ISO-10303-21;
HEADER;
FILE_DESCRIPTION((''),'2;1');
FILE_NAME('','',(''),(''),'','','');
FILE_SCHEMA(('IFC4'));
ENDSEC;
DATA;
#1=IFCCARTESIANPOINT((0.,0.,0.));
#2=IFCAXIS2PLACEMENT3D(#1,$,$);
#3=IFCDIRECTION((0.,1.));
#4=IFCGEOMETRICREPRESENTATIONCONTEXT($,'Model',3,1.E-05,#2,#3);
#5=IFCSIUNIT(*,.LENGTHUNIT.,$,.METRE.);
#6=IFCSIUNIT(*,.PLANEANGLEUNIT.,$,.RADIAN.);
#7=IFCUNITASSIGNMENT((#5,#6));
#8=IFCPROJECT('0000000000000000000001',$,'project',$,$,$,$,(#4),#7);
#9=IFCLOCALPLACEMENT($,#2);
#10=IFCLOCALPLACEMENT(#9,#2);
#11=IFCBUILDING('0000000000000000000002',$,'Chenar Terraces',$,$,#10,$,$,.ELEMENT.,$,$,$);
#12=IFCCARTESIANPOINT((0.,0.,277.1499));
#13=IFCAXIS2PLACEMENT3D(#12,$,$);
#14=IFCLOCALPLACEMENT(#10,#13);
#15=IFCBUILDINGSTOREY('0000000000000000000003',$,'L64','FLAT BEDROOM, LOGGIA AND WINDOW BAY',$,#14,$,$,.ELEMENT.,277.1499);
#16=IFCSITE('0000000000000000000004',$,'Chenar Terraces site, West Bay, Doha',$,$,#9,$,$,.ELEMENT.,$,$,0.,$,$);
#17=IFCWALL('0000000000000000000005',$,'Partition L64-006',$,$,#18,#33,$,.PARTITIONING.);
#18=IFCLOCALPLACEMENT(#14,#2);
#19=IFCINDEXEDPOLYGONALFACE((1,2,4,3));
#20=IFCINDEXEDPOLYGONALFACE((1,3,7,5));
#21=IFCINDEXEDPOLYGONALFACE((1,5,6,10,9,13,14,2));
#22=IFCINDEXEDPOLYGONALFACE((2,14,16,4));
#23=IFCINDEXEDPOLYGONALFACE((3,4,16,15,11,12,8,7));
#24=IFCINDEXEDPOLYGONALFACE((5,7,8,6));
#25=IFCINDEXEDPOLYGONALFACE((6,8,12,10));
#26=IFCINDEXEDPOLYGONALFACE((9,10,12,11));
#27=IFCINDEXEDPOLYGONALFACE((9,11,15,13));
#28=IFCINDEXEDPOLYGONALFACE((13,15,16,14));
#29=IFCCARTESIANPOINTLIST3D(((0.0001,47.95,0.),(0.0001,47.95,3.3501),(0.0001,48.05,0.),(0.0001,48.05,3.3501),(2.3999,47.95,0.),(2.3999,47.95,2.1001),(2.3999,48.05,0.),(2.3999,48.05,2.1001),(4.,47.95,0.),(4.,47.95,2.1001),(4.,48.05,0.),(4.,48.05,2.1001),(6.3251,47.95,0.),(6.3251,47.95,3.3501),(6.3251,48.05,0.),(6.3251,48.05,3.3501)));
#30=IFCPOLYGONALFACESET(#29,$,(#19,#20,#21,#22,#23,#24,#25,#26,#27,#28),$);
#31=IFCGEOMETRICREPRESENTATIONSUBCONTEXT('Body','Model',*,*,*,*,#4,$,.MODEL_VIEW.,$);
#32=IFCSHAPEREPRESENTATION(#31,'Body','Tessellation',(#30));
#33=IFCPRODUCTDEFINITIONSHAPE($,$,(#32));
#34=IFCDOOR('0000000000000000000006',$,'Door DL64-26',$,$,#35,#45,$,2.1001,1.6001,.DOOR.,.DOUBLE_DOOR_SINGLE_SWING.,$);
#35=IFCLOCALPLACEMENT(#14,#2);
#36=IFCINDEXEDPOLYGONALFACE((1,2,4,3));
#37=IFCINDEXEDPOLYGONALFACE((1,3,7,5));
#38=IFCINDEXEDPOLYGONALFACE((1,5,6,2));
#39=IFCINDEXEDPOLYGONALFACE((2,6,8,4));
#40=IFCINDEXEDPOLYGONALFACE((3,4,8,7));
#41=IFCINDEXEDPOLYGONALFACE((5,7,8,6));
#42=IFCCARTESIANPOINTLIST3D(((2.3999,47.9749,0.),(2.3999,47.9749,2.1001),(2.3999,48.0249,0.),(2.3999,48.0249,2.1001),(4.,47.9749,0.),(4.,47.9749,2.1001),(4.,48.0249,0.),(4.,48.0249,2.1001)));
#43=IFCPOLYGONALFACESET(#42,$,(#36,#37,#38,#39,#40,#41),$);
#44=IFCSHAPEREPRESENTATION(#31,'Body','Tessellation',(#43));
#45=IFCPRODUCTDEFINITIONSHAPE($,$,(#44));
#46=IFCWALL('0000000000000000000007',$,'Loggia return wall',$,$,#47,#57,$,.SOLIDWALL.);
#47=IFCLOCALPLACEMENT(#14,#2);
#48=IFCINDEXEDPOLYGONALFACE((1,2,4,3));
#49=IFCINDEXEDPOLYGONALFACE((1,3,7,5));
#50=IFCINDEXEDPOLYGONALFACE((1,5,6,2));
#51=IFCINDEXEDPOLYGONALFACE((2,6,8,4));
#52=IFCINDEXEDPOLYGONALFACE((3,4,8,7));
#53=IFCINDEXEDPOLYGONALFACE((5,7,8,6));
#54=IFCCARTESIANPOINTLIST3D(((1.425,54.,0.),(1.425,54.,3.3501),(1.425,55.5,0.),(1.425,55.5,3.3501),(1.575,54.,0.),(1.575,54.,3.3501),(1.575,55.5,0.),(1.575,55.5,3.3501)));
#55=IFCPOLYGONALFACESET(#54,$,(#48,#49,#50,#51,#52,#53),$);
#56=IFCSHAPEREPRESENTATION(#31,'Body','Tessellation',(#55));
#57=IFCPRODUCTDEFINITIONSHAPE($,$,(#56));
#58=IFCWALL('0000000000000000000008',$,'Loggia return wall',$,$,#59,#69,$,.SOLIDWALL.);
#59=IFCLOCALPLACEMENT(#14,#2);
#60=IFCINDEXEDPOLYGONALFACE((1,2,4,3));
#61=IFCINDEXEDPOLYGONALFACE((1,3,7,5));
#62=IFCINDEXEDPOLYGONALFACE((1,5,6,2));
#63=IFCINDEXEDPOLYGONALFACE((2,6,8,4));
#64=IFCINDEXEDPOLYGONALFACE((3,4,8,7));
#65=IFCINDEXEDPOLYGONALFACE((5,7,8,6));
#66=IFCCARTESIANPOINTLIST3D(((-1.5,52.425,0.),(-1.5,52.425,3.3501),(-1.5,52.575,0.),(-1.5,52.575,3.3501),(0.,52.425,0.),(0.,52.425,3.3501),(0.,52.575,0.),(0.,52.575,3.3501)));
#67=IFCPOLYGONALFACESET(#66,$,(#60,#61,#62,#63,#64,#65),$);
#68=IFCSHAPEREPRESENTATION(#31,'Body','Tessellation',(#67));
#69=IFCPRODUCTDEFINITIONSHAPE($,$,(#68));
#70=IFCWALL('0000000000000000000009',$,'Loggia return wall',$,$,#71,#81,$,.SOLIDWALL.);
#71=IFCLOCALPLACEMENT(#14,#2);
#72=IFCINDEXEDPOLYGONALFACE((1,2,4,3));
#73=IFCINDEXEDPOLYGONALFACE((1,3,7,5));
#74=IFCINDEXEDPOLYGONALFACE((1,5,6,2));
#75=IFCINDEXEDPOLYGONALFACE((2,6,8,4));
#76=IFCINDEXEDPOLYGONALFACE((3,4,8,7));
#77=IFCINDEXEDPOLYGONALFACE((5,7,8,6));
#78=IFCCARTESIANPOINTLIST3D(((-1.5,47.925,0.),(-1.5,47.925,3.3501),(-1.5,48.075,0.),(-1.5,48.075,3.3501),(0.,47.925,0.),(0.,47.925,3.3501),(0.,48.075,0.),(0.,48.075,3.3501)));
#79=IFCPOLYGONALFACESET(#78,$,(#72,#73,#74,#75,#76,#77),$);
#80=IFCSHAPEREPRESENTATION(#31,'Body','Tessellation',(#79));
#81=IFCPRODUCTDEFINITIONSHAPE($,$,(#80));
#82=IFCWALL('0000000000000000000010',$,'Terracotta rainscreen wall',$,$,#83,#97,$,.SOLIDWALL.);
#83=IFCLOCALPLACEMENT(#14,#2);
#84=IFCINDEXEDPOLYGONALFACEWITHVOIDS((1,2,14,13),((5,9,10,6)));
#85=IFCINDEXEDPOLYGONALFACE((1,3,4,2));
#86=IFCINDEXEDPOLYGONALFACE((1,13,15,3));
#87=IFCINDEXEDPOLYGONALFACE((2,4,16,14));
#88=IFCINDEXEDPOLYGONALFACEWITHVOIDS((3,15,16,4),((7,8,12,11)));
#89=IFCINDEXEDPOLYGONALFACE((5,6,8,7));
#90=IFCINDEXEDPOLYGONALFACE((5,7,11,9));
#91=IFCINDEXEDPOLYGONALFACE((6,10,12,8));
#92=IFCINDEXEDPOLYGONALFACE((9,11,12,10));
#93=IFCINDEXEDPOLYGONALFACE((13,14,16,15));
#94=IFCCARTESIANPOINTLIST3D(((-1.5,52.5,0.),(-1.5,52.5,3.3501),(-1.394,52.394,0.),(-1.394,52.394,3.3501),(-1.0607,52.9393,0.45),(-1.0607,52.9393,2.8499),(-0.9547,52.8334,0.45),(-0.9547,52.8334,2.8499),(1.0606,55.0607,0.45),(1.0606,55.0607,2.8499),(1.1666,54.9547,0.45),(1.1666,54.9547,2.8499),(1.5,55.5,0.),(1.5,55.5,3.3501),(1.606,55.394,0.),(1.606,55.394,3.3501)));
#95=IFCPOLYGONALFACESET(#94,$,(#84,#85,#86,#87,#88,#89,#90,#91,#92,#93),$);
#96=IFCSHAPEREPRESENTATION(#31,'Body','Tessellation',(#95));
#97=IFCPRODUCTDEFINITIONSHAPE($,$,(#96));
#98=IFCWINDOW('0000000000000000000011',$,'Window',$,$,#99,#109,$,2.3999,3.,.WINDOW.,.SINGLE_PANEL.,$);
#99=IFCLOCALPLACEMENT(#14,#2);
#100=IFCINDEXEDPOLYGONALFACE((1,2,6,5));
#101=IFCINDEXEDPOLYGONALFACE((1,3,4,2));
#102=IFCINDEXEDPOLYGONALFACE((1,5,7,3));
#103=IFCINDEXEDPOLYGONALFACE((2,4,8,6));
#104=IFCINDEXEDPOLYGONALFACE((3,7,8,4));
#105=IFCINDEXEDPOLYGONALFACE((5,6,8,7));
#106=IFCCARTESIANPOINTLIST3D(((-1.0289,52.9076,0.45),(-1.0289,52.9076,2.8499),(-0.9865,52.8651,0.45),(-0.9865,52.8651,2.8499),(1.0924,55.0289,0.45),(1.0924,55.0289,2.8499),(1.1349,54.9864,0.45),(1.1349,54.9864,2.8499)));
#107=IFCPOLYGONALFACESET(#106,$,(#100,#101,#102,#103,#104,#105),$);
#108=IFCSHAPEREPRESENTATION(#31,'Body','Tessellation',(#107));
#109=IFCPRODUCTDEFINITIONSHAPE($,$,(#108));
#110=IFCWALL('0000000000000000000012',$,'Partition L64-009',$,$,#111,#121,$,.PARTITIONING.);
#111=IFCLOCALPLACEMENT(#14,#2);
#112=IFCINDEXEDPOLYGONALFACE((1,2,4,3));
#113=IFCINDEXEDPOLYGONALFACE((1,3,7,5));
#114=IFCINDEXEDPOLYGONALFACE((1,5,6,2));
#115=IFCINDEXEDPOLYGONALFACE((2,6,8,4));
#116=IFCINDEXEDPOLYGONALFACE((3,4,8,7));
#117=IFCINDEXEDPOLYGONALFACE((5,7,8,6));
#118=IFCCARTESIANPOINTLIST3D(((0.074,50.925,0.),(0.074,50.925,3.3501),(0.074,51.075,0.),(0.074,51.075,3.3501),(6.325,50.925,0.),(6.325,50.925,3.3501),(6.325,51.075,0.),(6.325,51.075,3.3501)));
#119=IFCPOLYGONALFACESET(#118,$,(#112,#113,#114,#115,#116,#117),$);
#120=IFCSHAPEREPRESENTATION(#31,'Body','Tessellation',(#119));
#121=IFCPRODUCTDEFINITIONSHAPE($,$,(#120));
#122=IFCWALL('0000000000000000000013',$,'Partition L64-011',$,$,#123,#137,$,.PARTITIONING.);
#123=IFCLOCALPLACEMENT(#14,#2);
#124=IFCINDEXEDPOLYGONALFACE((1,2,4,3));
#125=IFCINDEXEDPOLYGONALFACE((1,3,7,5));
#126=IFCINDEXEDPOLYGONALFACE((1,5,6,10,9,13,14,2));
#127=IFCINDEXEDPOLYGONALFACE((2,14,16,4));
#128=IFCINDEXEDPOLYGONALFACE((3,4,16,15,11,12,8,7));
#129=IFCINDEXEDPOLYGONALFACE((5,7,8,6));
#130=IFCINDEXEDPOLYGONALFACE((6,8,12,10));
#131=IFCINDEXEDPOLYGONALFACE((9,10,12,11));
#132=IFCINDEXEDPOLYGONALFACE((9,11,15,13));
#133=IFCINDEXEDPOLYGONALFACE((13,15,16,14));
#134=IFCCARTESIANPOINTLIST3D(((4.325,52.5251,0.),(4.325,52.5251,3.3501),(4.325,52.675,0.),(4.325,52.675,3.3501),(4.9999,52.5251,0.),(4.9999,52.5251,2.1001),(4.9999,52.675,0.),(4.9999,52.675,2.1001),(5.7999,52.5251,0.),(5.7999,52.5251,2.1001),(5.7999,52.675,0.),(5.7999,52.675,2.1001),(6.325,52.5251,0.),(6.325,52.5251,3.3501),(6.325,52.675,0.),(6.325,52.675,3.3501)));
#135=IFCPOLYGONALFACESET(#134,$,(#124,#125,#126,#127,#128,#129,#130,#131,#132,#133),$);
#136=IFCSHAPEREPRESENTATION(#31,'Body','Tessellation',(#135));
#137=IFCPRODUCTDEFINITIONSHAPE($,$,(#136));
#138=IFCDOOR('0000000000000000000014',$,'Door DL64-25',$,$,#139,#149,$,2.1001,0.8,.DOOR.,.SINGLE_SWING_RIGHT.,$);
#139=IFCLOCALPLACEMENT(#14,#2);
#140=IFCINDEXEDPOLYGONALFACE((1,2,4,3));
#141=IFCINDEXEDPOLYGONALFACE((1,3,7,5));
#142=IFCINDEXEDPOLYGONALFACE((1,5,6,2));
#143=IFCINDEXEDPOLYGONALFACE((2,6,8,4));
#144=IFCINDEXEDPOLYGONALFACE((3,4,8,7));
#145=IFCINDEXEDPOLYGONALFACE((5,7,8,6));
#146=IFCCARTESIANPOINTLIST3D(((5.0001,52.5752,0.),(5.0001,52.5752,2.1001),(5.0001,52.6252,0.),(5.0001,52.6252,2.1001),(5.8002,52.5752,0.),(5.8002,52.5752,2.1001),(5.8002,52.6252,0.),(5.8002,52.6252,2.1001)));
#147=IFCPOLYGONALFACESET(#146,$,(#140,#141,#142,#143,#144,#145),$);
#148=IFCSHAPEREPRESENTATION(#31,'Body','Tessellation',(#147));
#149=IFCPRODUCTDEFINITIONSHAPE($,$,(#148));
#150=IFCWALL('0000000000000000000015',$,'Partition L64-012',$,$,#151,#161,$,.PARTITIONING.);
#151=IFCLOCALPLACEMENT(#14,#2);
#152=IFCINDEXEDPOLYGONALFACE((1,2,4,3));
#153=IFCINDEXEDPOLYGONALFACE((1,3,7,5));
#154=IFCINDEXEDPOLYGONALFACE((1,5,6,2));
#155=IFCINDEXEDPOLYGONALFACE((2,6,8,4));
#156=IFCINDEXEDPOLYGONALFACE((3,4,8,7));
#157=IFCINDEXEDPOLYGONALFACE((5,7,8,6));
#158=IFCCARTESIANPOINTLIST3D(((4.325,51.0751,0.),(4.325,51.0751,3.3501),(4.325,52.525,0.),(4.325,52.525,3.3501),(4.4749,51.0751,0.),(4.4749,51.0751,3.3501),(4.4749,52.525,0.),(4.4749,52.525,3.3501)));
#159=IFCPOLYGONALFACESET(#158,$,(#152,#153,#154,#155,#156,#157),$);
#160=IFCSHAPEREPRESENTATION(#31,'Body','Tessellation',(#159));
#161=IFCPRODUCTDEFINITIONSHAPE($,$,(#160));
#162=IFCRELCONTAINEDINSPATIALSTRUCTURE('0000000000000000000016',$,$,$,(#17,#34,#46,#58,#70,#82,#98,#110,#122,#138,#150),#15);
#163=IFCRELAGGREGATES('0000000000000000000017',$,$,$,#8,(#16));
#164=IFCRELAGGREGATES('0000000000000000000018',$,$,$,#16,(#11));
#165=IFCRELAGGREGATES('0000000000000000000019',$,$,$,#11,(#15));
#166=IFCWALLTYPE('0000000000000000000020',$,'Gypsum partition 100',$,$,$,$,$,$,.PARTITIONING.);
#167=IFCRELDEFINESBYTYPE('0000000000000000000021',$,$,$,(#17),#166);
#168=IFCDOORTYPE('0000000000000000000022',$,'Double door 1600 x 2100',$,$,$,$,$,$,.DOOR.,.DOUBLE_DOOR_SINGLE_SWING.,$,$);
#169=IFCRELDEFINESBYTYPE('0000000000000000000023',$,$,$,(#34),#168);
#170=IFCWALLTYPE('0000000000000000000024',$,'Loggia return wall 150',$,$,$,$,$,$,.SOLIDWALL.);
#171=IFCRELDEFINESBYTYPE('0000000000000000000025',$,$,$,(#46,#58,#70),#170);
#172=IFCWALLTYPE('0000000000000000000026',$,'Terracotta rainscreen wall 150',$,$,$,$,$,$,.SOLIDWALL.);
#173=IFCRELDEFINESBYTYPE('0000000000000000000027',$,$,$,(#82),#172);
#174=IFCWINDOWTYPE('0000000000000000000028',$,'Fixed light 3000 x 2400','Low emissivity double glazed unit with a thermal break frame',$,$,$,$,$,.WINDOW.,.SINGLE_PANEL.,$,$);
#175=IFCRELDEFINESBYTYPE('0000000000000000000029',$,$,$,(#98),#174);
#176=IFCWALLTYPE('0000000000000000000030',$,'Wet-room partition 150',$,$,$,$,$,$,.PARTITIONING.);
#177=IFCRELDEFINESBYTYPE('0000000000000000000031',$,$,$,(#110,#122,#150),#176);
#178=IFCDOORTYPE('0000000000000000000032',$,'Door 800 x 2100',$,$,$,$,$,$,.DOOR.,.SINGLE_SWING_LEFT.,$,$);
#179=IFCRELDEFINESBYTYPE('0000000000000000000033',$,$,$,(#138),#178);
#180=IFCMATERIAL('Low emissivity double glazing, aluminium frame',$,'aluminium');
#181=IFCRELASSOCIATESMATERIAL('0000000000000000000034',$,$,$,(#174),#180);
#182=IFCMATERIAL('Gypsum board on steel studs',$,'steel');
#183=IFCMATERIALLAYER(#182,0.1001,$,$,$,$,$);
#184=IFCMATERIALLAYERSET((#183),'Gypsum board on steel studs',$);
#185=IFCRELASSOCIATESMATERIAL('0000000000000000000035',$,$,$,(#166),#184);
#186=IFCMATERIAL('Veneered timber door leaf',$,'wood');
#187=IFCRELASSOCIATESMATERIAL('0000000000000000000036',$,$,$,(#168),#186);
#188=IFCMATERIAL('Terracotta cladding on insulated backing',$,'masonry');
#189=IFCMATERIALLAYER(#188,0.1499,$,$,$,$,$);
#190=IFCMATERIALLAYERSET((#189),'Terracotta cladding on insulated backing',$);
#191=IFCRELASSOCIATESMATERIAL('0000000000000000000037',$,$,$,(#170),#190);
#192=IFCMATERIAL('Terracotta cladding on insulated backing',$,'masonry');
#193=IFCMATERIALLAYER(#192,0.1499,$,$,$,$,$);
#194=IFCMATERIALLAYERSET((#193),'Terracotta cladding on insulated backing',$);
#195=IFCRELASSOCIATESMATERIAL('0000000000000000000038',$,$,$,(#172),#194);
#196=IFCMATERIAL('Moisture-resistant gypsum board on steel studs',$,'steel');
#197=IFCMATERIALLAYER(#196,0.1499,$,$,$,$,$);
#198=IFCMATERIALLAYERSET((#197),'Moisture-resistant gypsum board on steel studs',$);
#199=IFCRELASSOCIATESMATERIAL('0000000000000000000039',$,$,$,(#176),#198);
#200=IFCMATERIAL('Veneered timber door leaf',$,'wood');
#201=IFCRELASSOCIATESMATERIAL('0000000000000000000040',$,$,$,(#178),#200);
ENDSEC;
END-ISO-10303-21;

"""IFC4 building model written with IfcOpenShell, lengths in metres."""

from ifc_helpers import new_model, si_unit, direction, frame, frame_2d, origin, place, context, subcontext, project, spatial, rectangle, extrude, material, layer, layer_set, type_object, element, fill, save


model = new_model("IFC4")

# Units and contexts
model_context = context("Model", 3, precision=1e-05, world=origin(), true_north=direction((0.0, 1.0)))
body_context = subcontext(model_context, "Body", "Model", "MODEL_VIEW")
ifc_project = project(units=[si_unit("LENGTHUNIT", "METRE"), si_unit("PLANEANGLEUNIT", "RADIAN")], contexts=[model_context])

# Site, building, storey
site_placement = place(None, origin())
site = spatial("IfcSite", under=ifc_project, at=site_placement, Name="Chenar Terraces site, West Bay, Doha", CompositionType="ELEMENT", RefElevation=0.0)
building_placement = place(site_placement, origin())
building = spatial("IfcBuilding", under=site, at=building_placement, Name="Chenar Terraces", CompositionType="ELEMENT")
storey_placement = place(building_placement, frame((0.0, 0.0, 277.1499)))
storey = spatial("IfcBuildingStorey", under=building, at=storey_placement, Name="L64", Description="FLAT BEDROOM, LOGGIA AND WINDOW BAY", CompositionType="ELEMENT", Elevation=277.1499)

# Shared definitions
ifc_material_1 = material(Name="Low emissivity double glazing, aluminium frame", Category="aluminium")
window_type_1 = type_object("IfcWindowType", Name="Fixed light 3000 x 2400", Description="Low emissivity double glazed unit with a thermal break frame", PartitioningType="SINGLE_PANEL", PredefinedType="WINDOW", material=ifc_material_1)

# Wall, opening, door
ifc_material_2 = material(Name="Gypsum board on steel studs", Category="steel")
ifc_layer_1 = layer(ifc_material_2, 0.1001)
ifc_layer_set_1 = layer_set([ifc_layer_1], Name="Gypsum board on steel studs")
wall_type_1 = type_object("IfcWallType", Name="Gypsum partition 100", PredefinedType="PARTITIONING", material=ifc_layer_set_1)
wall_1_placement = place(storey_placement, frame((0.0, 48.0, 0.0), z_axis=(0.0, 0.0, 1.0), x_axis=(1.0, 0.0, 0.0)))
wall_1 = element("IfcWall", 1, at=wall_1_placement, inside=storey, type_object=wall_type_1, Name="Partition L64-006", PredefinedType="PARTITIONING", context=body_context, shape_type="SweptSolid", body=[
    extrude(rectangle(XDim=6.325, YDim=0.1001, at=frame_2d((3.1626, 0.0))), origin(), (0.0, 0.0, 1.0), 3.3501),
])
opening_1_placement = place(wall_1_placement, frame((2.3999, 0.0, 0.0)))
opening_1 = element("IfcOpeningElement", 2, at=opening_1_placement, cuts=wall_1, PredefinedType="OPENING", context=body_context, shape_type="SweptSolid", body=[
    extrude(rectangle(XDim=1.6001, YDim=2.1001, at=frame_2d((0.8, 1.05))), frame((0.0, 0.0601, 0.0), z_axis=(0.0, -1.0, 0.0), x_axis=(1.0, 0.0, 0.0)), (0.0, 0.0, 1.0), 0.1201),
])
ifc_material_3 = material(Name="Veneered timber door leaf", Category="wood")
door_type_1 = type_object("IfcDoorType", Name="Double door 1600 x 2100", OperationType="DOUBLE_DOOR_SINGLE_SWING", PredefinedType="DOOR", material=ifc_material_3)
door_1_placement = place(opening_1_placement, origin())
door_1 = element("IfcDoor", 3, at=door_1_placement, inside=storey, type_object=door_type_1, Name="Door DL64-26", OperationType="DOUBLE_DOOR_SINGLE_SWING", OverallHeight=2.1001, OverallWidth=1.6001, PredefinedType="DOOR", context=body_context, shape_type="SweptSolid", body=[
    extrude(rectangle(XDim=1.6001, YDim=2.1001, at=frame_2d((0.8, 1.05))), frame((0.0, 0.0249, 0.0), z_axis=(0.0, -1.0, 0.0), x_axis=(1.0, 0.0, 0.0)), (0.0, 0.0, 1.0), 0.05),
])
fill(opening_1, door_1)

# Walls
ifc_material_4 = material(Name="Terracotta cladding on insulated backing", Category="masonry")
ifc_layer_2 = layer(ifc_material_4, 0.1499)
ifc_layer_set_2 = layer_set([ifc_layer_2], Name="Terracotta cladding on insulated backing")
wall_type_2 = type_object("IfcWallType", Name="Loggia return wall 150", PredefinedType="SOLIDWALL", material=ifc_layer_set_2)
for number, where, z_axis, x_axis, name in (
    (4, (1.5, 55.5, 0.0), (0.0, 0.0, 1.0), (0.0, -1.0, 0.0), "Loggia return wall"),
    (5, (-1.5, 52.5, 0.0), (0.0, 0.0, 1.0), (1.0, 0.0, 0.0), "Loggia return wall"),
    (6, (-1.5, 48.0, 0.0), (0.0, 0.0, 1.0), (1.0, 0.0, 0.0), "Loggia return wall"),
):
    element("IfcWall", number, at=place(storey_placement, frame(where, z_axis=z_axis, x_axis=x_axis)), inside=storey, type_object=wall_type_2, Name=name, PredefinedType="SOLIDWALL", context=body_context, shape_type="SweptSolid", body=[
        extrude(rectangle(XDim=1.5, YDim=0.1499, at=frame_2d((0.75, 0.0))), origin(), (0.0, 0.0, 1.0), 3.3501),
    ])

# Wall, opening, window
ifc_material_5 = material(Name="Terracotta cladding on insulated backing", Category="masonry")
ifc_layer_3 = layer(ifc_material_5, 0.1499)
ifc_layer_set_3 = layer_set([ifc_layer_3], Name="Terracotta cladding on insulated backing")
wall_type_3 = type_object("IfcWallType", Name="Terracotta rainscreen wall 150", PredefinedType="SOLIDWALL", material=ifc_layer_set_3)
wall_2_placement = place(storey_placement, frame((1.553, 55.447, 0.0), z_axis=(0.0, 0.0, 1.0), x_axis=(-0.707107, -0.707107, 0.0)))
wall_2 = element("IfcWall", 7, at=wall_2_placement, inside=storey, type_object=wall_type_3, Name="Terracotta rainscreen wall", PredefinedType="SOLIDWALL", context=body_context, shape_type="SweptSolid", body=[
    extrude(rectangle(XDim=4.2427, YDim=0.1499, at=frame_2d((2.1213, 0.0))), origin(), (0.0, 0.0, 1.0), 3.3501),
])
opening_2_placement = place(wall_2_placement, frame((0.6213, 0.0, 0.45)))
opening_2 = element("IfcOpeningElement", 8, at=opening_2_placement, cuts=wall_2, PredefinedType="OPENING", context=body_context, shape_type="SweptSolid", body=[
    extrude(rectangle(XDim=3.0, YDim=2.3999, at=frame_2d((1.5, 1.2))), frame((0.0, 0.085, 0.0), z_axis=(0.0, -1.0, 0.0), x_axis=(1.0, 0.0, 0.0)), (0.0, 0.0, 1.0), 0.1699),
])
window_1_placement = place(opening_2_placement, origin())
window_1 = element("IfcWindow", 9, at=window_1_placement, inside=storey, type_object=window_type_1, Name="Window", OverallHeight=2.3999, OverallWidth=3.0, PartitioningType="SINGLE_PANEL", PredefinedType="WINDOW", context=body_context, shape_type="SweptSolid", body=[
    extrude(rectangle(XDim=3.0, YDim=2.3999, at=frame_2d((1.5, 1.2))), frame((0.0, 0.03, 0.0), z_axis=(0.0, -1.0, 0.0), x_axis=(1.0, 0.0, 0.0)), (0.0, 0.0, 1.0), 0.0601),
])
fill(opening_2, window_1)

# Wall
ifc_material_6 = material(Name="Moisture-resistant gypsum board on steel studs", Category="steel")
ifc_layer_4 = layer(ifc_material_6, 0.1499)
ifc_layer_set_4 = layer_set([ifc_layer_4], Name="Moisture-resistant gypsum board on steel studs")
wall_type_4 = type_object("IfcWallType", Name="Wet-room partition 150", PredefinedType="PARTITIONING", material=ifc_layer_set_4)
wall_3_placement = place(storey_placement, frame((0.074, 51.0, 0.0), z_axis=(0.0, 0.0, 1.0), x_axis=(1.0, 0.0, 0.0)))
element("IfcWall", 10, at=wall_3_placement, inside=storey, type_object=wall_type_4, Name="Partition L64-009", PredefinedType="PARTITIONING", context=body_context, shape_type="SweptSolid", body=[
    extrude(rectangle(XDim=6.251, YDim=0.1499, at=frame_2d((3.1255, 0.0))), origin(), (0.0, 0.0, 1.0), 3.3501),
])

# Wall, opening, door
wall_4_placement = place(storey_placement, frame((4.325, 52.6001, 0.0), z_axis=(0.0, 0.0, 1.0), x_axis=(1.0, 0.0, 0.0)))
wall_4 = element("IfcWall", 11, at=wall_4_placement, inside=storey, type_object=wall_type_4, Name="Partition L64-011", PredefinedType="PARTITIONING", context=body_context, shape_type="SweptSolid", body=[
    extrude(rectangle(XDim=2.0, YDim=0.1499, at=frame_2d((1.0, 0.0))), origin(), (0.0, 0.0, 1.0), 3.3501),
])
opening_3_placement = place(wall_4_placement, frame((0.675, 0.0, 0.0)))
opening_3 = element("IfcOpeningElement", 12, at=opening_3_placement, cuts=wall_4, PredefinedType="OPENING", context=body_context, shape_type="SweptSolid", body=[
    extrude(rectangle(XDim=0.8, YDim=2.1001, at=frame_2d((0.3999, 1.05))), frame((0.0, 0.085, 0.0), z_axis=(0.0, -1.0, 0.0), x_axis=(1.0, 0.0, 0.0)), (0.0, 0.0, 1.0), 0.1699),
])
ifc_material_7 = material(Name="Veneered timber door leaf", Category="wood")
door_type_2 = type_object("IfcDoorType", Name="Door 800 x 2100", OperationType="SINGLE_SWING_LEFT", PredefinedType="DOOR", material=ifc_material_7)
door_2_placement = place(opening_3_placement, frame((0.8, 0.0, 0.0), z_axis=(0.0, 0.0, 1.0), x_axis=(-1.0, 0.0, 0.0)))
door_2 = element("IfcDoor", 13, at=door_2_placement, inside=storey, type_object=door_type_2, Name="Door DL64-25", OperationType="SINGLE_SWING_RIGHT", OverallHeight=2.1001, OverallWidth=0.8, PredefinedType="DOOR", context=body_context, shape_type="SweptSolid", body=[
    extrude(rectangle(XDim=0.8, YDim=2.1001, at=frame_2d((0.3999, 1.05))), frame((0.0, 0.0249, 0.0), z_axis=(0.0, -1.0, 0.0), x_axis=(1.0, 0.0, 0.0)), (0.0, 0.0, 1.0), 0.05),
])
fill(opening_3, door_2)

# Wall
wall_5_placement = place(storey_placement, frame((4.3999, 51.075, 0.0), z_axis=(0.0, 0.0, 1.0), x_axis=(0.0, 1.0, 0.0)))
element("IfcWall", 14, at=wall_5_placement, inside=storey, type_object=wall_type_4, Name="Partition L64-012", PredefinedType="PARTITIONING", context=body_context, shape_type="SweptSolid", body=[
    extrude(rectangle(XDim=1.45, YDim=0.1499, at=frame_2d((0.7251, 0.0))), origin(), (0.0, 0.0, 1.0), 3.3501),
])

save(model, "model.ifc")
